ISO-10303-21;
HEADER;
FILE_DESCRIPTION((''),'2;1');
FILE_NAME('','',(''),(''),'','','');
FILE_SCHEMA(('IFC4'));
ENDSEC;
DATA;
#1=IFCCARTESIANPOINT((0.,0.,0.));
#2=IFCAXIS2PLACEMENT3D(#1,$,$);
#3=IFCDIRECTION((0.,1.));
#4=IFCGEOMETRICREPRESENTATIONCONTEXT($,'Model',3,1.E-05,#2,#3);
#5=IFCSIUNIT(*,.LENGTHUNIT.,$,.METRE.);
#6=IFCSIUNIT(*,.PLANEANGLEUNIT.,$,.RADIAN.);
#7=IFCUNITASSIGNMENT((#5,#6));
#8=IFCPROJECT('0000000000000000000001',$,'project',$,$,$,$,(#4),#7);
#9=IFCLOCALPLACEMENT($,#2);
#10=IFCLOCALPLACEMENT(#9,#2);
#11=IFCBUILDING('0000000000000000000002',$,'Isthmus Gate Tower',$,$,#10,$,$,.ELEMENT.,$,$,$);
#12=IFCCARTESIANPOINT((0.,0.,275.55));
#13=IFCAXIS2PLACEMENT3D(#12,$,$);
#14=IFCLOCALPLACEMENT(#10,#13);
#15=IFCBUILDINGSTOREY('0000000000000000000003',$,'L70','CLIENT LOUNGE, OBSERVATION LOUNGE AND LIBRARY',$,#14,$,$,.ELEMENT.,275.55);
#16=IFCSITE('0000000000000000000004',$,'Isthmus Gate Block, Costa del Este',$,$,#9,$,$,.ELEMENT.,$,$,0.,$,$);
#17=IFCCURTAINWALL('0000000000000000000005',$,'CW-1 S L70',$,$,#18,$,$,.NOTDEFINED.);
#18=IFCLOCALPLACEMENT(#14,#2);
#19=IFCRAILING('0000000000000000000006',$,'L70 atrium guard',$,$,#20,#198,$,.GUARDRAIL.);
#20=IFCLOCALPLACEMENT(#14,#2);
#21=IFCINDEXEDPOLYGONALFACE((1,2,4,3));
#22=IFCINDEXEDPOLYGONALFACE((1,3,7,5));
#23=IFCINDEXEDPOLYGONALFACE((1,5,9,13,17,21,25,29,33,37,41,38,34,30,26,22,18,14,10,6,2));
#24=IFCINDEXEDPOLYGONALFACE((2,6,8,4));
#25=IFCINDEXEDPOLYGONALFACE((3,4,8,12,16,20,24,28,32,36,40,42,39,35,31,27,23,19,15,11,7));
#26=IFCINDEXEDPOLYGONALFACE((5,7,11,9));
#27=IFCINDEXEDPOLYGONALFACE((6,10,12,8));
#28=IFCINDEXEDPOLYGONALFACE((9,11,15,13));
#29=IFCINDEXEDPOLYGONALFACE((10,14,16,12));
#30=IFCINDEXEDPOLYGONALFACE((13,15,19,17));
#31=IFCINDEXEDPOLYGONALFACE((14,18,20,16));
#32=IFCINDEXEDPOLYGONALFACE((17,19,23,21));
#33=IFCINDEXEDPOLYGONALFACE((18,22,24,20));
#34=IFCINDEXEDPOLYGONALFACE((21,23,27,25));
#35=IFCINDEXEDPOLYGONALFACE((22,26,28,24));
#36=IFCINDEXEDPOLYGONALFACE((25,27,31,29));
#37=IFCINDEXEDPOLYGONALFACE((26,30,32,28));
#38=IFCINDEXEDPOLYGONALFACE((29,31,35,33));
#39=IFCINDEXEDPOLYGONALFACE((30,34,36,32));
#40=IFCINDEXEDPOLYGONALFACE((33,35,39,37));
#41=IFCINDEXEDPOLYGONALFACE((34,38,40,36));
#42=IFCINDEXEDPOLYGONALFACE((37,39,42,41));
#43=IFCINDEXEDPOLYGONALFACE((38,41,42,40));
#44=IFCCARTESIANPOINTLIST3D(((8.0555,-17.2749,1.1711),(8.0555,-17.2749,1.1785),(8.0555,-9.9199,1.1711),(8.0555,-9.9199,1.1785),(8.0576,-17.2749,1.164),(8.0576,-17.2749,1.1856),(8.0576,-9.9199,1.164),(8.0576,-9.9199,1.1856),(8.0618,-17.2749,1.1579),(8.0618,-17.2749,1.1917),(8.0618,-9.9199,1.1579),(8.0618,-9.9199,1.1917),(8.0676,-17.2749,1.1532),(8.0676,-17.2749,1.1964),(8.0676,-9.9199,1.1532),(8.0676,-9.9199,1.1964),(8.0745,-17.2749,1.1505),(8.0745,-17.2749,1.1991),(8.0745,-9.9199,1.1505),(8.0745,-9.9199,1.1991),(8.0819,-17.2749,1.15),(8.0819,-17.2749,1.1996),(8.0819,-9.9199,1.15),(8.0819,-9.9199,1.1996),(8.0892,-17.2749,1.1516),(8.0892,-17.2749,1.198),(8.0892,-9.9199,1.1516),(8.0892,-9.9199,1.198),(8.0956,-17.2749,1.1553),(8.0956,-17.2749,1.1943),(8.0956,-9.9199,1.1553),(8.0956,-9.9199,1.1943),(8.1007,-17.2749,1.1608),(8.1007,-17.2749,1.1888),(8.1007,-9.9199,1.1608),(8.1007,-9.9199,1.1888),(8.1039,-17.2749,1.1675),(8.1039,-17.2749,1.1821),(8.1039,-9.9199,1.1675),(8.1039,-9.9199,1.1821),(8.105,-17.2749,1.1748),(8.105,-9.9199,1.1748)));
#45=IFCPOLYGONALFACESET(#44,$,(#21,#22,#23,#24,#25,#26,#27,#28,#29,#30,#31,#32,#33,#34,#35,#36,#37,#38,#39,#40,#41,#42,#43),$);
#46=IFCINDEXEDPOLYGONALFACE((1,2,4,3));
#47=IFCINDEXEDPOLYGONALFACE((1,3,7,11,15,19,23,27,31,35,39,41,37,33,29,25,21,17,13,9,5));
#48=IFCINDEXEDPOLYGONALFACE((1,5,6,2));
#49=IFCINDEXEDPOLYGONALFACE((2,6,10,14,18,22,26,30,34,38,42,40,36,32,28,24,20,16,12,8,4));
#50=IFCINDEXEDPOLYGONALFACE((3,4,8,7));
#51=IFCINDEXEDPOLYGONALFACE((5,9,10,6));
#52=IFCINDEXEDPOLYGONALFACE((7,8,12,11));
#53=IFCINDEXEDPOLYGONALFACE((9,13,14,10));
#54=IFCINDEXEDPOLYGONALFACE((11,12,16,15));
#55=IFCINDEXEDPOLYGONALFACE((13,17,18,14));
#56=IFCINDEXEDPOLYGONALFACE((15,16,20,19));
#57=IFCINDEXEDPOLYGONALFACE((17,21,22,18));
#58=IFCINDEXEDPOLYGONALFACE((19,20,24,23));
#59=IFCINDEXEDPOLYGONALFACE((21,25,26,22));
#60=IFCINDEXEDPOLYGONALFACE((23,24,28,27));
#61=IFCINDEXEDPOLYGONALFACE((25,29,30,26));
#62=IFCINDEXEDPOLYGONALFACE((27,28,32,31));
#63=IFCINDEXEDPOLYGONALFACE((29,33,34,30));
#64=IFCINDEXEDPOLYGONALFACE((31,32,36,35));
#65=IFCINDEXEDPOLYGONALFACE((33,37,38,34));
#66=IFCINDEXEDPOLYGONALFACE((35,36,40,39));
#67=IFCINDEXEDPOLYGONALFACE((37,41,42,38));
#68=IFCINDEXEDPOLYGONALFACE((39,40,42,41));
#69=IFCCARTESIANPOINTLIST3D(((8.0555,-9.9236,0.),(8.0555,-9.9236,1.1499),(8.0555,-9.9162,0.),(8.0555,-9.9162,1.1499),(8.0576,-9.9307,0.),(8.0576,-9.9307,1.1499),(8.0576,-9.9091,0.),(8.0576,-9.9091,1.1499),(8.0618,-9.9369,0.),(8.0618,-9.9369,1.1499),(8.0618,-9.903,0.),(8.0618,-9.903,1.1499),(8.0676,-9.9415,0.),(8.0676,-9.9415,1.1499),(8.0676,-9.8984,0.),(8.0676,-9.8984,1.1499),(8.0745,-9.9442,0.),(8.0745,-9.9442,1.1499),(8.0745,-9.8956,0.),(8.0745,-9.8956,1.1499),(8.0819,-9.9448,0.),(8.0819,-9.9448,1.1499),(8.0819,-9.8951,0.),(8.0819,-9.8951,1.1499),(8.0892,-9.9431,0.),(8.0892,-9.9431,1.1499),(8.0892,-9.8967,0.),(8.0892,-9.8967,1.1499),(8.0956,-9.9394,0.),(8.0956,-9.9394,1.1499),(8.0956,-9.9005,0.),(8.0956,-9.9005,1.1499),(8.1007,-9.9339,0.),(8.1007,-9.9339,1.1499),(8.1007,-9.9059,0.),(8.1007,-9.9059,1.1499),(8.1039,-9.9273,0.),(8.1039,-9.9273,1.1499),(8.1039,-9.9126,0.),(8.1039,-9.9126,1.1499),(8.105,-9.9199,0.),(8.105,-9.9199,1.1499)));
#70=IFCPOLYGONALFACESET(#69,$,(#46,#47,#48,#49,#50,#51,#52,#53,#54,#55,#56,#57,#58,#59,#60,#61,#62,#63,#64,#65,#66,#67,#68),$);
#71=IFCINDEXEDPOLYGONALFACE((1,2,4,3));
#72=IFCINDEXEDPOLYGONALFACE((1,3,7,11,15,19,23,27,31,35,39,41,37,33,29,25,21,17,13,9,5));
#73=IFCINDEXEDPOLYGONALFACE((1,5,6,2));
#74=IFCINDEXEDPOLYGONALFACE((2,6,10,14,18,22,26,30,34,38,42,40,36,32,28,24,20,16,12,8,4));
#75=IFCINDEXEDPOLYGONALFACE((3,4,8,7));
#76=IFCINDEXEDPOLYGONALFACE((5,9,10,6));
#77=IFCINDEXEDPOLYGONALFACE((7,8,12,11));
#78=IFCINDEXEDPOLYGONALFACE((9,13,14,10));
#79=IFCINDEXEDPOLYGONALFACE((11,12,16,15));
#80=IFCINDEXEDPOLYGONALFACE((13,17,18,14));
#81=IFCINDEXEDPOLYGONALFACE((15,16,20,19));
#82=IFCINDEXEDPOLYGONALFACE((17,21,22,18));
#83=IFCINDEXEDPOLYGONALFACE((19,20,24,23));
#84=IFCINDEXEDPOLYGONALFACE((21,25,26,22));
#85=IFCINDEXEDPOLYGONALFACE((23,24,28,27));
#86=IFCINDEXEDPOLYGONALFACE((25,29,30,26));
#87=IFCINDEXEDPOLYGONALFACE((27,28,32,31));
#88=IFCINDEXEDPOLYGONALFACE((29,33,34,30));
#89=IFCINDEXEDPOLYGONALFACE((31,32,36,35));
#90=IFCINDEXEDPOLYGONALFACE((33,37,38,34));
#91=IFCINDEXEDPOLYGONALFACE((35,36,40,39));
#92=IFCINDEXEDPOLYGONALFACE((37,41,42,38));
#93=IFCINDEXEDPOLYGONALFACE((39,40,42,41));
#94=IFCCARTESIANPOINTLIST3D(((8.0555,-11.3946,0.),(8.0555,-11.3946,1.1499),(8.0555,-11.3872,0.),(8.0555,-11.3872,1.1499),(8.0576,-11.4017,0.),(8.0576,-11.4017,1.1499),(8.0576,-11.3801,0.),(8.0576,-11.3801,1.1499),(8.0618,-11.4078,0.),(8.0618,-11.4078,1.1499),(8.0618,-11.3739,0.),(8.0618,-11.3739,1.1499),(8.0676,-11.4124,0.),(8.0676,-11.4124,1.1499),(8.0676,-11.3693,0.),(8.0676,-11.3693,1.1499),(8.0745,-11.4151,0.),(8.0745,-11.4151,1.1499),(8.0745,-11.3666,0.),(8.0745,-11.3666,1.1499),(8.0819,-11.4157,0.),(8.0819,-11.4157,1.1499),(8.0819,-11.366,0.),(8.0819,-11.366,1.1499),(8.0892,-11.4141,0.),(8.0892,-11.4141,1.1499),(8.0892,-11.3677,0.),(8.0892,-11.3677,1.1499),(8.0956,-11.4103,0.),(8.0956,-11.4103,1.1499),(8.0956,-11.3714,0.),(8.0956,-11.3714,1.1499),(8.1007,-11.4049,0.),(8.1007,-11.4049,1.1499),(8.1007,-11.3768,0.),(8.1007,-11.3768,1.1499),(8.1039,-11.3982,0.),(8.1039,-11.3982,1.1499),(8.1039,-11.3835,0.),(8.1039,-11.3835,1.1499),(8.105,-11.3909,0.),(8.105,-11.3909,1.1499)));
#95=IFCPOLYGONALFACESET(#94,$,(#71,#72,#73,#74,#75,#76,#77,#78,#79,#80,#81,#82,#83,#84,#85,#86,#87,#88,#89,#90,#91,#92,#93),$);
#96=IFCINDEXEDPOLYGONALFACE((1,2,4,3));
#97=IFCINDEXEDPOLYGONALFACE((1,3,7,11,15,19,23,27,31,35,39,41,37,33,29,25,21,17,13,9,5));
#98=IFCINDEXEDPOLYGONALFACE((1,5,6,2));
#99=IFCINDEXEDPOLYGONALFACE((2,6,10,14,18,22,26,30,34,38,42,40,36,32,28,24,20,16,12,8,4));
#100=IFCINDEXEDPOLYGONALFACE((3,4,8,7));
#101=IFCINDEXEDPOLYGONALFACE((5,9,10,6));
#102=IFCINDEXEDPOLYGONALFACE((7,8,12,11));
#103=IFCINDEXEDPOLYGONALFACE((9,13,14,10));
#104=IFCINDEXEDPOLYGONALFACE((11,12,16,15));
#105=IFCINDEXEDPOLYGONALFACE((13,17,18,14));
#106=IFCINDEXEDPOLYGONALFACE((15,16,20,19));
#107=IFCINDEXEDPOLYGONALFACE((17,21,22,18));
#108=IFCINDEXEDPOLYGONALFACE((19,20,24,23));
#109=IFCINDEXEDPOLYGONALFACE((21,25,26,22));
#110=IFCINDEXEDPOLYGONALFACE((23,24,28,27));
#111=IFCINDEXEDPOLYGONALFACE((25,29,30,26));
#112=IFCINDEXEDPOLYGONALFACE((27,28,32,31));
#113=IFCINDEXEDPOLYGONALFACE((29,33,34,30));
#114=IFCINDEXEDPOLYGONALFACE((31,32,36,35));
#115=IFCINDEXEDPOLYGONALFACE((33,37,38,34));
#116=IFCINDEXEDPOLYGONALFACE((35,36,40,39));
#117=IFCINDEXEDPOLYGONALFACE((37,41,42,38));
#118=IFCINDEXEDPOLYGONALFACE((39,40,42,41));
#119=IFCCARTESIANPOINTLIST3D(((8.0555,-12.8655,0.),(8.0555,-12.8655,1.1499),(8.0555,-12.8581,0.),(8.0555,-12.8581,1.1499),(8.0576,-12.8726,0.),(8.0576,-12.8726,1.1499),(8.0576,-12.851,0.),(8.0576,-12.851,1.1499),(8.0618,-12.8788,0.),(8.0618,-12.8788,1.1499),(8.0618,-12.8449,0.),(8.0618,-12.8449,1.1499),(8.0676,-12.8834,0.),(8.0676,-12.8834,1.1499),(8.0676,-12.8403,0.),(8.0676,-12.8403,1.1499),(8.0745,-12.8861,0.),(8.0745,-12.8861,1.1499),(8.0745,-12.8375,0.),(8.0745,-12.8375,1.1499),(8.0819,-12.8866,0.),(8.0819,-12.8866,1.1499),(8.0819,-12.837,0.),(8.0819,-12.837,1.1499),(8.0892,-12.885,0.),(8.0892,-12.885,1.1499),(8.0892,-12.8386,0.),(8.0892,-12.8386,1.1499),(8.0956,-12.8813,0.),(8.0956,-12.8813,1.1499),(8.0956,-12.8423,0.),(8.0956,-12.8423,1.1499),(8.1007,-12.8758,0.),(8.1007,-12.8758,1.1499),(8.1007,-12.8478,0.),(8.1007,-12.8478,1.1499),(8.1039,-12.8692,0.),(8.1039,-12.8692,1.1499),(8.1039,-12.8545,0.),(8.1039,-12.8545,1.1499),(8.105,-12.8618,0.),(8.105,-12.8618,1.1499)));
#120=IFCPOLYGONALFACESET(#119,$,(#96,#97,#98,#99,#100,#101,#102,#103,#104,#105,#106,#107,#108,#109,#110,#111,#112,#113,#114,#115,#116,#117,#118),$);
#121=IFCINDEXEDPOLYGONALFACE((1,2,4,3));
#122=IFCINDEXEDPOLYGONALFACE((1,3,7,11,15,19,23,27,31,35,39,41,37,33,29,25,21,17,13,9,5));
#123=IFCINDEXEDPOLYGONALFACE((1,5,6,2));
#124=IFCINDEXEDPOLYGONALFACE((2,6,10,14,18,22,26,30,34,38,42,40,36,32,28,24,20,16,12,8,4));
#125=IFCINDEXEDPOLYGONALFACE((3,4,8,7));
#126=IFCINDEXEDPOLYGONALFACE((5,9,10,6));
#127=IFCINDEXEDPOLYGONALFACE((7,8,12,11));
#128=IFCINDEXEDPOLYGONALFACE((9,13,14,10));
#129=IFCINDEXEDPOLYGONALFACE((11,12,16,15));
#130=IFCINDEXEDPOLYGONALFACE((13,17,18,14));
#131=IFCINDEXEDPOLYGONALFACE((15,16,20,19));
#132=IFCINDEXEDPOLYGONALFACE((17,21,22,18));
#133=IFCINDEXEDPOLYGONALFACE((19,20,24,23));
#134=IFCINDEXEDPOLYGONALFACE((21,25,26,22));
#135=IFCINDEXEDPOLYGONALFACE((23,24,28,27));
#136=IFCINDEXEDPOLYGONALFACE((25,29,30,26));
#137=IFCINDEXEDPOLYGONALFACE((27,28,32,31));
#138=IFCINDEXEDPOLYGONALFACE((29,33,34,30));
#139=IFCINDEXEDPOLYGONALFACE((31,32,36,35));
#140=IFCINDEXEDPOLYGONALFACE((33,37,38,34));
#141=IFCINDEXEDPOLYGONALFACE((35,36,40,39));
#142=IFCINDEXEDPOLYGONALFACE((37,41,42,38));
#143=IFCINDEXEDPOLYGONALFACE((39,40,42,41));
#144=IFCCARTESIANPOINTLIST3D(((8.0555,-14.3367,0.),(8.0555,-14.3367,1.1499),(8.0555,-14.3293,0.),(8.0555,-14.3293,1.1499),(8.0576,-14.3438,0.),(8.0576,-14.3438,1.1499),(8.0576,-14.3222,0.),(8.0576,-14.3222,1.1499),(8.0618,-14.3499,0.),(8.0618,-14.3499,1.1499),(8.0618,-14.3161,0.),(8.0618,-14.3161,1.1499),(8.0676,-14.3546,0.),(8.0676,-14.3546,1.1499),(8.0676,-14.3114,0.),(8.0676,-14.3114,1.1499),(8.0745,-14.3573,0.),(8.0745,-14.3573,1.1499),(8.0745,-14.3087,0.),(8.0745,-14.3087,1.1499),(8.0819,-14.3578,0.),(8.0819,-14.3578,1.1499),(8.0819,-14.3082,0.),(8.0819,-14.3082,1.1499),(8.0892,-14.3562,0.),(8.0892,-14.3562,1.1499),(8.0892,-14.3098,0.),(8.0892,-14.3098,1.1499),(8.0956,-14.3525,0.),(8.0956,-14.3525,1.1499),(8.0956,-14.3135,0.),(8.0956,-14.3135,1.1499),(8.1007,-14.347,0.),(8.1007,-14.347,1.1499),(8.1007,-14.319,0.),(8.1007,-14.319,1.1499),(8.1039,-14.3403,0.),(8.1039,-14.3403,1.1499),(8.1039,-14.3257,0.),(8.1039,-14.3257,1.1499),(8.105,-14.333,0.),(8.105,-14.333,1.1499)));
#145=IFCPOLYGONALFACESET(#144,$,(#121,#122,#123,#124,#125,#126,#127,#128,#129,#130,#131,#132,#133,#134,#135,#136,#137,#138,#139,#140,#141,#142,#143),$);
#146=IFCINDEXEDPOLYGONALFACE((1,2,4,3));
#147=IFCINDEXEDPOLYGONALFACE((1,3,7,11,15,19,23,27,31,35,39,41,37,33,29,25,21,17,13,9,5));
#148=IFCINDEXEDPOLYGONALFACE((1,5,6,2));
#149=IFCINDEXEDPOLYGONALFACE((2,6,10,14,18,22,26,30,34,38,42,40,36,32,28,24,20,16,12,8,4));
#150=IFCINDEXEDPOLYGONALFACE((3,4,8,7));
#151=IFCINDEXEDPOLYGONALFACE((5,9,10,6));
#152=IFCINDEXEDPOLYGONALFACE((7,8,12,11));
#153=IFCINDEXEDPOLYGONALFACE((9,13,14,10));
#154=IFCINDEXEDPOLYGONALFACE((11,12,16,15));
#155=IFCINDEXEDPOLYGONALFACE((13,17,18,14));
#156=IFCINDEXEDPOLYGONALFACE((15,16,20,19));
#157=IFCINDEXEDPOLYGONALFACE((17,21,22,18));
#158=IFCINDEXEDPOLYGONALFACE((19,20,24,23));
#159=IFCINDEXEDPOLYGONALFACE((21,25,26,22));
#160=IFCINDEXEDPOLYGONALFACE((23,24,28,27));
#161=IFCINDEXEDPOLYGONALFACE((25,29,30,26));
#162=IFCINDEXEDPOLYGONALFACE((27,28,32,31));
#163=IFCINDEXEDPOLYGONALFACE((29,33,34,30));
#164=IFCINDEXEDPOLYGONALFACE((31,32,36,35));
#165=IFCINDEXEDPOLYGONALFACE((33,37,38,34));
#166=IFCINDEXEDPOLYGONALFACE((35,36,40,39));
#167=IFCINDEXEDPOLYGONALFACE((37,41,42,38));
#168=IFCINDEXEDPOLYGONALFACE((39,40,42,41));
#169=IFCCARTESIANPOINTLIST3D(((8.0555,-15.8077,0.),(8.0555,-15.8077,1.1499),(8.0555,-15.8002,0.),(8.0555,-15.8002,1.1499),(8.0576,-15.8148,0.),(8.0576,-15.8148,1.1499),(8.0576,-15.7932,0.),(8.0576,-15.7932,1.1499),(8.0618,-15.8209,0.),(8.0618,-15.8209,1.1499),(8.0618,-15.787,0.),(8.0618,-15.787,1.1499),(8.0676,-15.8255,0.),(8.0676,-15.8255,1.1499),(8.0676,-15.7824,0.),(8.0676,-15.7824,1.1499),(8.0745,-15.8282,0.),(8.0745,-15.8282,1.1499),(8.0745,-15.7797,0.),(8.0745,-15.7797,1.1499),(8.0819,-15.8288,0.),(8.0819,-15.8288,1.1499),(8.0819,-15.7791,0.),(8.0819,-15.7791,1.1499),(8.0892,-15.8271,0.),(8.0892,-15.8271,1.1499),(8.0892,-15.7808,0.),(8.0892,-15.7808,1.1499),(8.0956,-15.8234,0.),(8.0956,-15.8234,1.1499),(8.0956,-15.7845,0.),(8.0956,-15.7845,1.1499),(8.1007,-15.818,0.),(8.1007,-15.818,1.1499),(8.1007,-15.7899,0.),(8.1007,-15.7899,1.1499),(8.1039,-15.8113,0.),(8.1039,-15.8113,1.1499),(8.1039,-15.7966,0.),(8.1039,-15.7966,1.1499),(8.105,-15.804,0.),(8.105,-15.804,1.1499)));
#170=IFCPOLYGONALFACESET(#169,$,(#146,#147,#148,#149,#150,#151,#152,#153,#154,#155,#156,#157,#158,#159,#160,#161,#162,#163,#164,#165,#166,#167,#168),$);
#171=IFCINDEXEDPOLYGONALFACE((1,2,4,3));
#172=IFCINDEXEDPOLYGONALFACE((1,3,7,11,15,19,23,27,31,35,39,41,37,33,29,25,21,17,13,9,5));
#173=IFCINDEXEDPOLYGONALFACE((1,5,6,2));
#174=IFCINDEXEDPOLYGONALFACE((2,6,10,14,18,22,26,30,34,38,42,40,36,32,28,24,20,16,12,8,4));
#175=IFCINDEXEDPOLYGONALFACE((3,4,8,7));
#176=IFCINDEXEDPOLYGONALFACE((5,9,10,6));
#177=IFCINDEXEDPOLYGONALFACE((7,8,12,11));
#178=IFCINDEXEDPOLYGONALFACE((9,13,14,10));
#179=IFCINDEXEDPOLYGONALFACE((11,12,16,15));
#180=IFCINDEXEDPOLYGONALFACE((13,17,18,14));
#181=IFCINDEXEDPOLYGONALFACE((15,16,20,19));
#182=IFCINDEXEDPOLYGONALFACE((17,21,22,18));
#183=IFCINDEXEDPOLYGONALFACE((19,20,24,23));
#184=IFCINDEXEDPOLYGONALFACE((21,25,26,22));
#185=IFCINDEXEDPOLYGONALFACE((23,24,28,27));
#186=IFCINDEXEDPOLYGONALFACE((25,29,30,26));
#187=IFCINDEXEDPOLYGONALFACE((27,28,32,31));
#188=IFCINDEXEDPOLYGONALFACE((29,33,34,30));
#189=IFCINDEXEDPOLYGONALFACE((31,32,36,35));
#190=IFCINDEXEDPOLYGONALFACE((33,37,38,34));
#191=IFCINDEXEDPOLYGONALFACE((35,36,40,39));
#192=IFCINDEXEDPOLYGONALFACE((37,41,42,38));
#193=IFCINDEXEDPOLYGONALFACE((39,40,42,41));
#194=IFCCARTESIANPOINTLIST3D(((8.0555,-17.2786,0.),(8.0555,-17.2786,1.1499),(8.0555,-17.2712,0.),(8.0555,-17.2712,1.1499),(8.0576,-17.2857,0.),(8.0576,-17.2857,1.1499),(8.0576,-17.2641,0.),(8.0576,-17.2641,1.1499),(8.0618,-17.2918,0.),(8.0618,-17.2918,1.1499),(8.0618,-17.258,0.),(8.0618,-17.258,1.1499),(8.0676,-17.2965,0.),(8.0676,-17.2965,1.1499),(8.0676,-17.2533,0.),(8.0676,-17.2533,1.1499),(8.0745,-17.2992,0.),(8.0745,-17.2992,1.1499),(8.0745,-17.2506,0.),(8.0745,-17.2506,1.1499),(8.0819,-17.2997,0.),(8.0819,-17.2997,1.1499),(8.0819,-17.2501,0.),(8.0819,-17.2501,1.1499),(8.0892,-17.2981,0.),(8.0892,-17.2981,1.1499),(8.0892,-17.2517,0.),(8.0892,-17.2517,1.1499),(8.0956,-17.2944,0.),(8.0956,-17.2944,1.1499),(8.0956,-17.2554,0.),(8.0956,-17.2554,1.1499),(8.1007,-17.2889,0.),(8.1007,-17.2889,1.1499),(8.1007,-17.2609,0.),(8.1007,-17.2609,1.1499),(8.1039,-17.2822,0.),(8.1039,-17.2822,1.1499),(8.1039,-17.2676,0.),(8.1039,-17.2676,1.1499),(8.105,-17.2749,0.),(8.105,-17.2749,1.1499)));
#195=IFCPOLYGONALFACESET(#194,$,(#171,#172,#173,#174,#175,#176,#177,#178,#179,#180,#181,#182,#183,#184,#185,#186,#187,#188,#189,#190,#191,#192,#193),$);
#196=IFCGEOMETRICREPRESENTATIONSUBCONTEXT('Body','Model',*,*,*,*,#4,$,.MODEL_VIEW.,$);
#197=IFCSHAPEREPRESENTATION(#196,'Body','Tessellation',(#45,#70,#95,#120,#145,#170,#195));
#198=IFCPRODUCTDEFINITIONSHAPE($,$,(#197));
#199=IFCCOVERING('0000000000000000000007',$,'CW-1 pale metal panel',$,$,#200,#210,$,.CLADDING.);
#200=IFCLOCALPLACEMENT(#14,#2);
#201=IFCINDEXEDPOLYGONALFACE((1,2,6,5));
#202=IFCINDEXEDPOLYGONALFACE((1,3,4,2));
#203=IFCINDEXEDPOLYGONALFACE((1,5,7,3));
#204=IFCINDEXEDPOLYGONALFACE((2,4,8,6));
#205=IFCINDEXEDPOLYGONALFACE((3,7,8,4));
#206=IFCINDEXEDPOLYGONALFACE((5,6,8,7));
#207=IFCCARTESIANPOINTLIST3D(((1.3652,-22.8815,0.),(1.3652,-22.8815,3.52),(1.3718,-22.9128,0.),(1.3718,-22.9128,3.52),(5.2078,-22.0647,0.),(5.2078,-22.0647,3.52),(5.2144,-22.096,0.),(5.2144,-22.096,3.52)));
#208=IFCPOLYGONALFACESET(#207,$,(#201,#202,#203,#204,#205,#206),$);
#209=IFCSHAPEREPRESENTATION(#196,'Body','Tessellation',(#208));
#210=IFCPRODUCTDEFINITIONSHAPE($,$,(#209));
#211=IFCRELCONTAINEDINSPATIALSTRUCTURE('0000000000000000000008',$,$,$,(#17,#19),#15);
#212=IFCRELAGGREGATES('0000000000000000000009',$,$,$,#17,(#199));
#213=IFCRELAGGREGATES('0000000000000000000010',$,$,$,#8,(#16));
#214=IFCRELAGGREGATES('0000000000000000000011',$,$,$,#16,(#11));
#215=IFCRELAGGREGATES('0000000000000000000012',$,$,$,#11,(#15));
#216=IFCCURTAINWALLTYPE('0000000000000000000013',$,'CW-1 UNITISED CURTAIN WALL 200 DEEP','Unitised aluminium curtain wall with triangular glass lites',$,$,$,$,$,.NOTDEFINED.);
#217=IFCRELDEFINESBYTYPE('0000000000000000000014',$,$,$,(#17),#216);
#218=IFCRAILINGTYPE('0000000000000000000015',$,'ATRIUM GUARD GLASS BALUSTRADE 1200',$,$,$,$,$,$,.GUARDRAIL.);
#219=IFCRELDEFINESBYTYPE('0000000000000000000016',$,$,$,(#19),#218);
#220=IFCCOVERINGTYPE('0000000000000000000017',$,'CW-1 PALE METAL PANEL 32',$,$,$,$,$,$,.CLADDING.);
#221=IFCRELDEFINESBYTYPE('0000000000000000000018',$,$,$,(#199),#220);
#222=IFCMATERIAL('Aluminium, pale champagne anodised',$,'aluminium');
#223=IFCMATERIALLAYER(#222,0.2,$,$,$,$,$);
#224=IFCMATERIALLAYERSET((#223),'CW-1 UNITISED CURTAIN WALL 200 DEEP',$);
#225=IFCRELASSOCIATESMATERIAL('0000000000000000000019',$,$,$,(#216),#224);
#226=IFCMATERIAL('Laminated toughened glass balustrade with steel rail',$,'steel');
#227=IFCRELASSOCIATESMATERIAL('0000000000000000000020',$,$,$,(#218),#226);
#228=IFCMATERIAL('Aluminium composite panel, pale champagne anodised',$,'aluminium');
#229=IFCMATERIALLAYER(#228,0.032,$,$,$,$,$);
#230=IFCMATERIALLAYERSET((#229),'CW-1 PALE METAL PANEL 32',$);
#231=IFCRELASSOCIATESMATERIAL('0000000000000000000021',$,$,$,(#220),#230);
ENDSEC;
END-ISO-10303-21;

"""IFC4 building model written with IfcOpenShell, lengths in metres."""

from ifc_helpers import new_model, si_unit, direction, frame, origin, origin_2d, place, context, subcontext, project, spatial, rectangle, circle, extrude, material, layer, layer_set, type_object, element, aggregate, save


model = new_model("IFC4")

# Units and contexts
model_context = context("Model", 3, precision=1e-05, world=origin(), true_north=direction((0.0, 1.0)))
body_context = subcontext(model_context, "Body", "Model", "MODEL_VIEW")
ifc_project = project(units=[si_unit("LENGTHUNIT", "METRE"), si_unit("PLANEANGLEUNIT", "RADIAN")], contexts=[model_context])

# Site, building, storey
site_placement = place(None, origin())
site = spatial("IfcSite", under=ifc_project, at=site_placement, Name="Isthmus Gate Block, Costa del Este", CompositionType="ELEMENT", RefElevation=0.0)
building_placement = place(site_placement, origin())
building = spatial("IfcBuilding", under=site, at=building_placement, Name="Isthmus Gate Tower", CompositionType="ELEMENT")
storey_placement = place(building_placement, frame((0.0, 0.0, 275.55)))
storey = spatial("IfcBuildingStorey", under=building, at=storey_placement, Name="L70", Description="CLIENT LOUNGE, OBSERVATION LOUNGE AND LIBRARY", CompositionType="ELEMENT", Elevation=275.55)

# Curtain wall
ifc_material_1 = material(Name="Aluminium, pale champagne anodised", Category="aluminium")
ifc_layer_1 = layer(ifc_material_1, 0.2)
ifc_layer_set_1 = layer_set([ifc_layer_1], Name="CW-1 UNITISED CURTAIN WALL 200 DEEP")
curtain_wall_type = type_object("IfcCurtainWallType", Name="CW-1 UNITISED CURTAIN WALL 200 DEEP", Description="Unitised aluminium curtain wall with triangular glass lites", PredefinedType="NOTDEFINED", material=ifc_layer_set_1)
curtain_wall_placement = place(storey_placement, origin())
curtain_wall = element("IfcCurtainWall", 1, at=curtain_wall_placement, inside=storey, type_object=curtain_wall_type, Name="CW-1 S L70", PredefinedType="NOTDEFINED")

# Railing
ifc_material_2 = material(Name="Laminated toughened glass balustrade with steel rail", Category="steel")
railing_type = type_object("IfcRailingType", Name="ATRIUM GUARD GLASS BALUSTRADE 1200", PredefinedType="GUARDRAIL", material=ifc_material_2)
railing_1_placement = place(storey_placement, frame((8.0801, -9.9199, 0.0)))
element("IfcRailing", 2, at=railing_1_placement, inside=storey, type_object=railing_type, Name="L70 atrium guard", PredefinedType="GUARDRAIL", context=body_context, shape_type="SweptSolid", body=[
    extrude(circle(Radius=0.0249, at=origin_2d()), frame((0.0, 0.0, 1.1748), z_axis=(0.0, -1.0, 0.0), x_axis=(1.0, 0.0, 0.0)), (0.0, 0.0, 1.0), 7.355),
    extrude(circle(Radius=0.0249, at=origin_2d()), origin(), (0.0, 0.0, 1.0), 1.1499),
    extrude(circle(Radius=0.0249, at=origin_2d()), frame((0.0, -1.4709, 0.0)), (0.0, 0.0, 1.0), 1.1499),
    extrude(circle(Radius=0.0249, at=origin_2d()), frame((0.0, -2.9419, 0.0)), (0.0, 0.0, 1.0), 1.1499),
    extrude(circle(Radius=0.0249, at=origin_2d()), frame((0.0, -4.4131, 0.0)), (0.0, 0.0, 1.0), 1.1499),
    extrude(circle(Radius=0.0249, at=origin_2d()), frame((0.0, -5.884, 0.0)), (0.0, 0.0, 1.0), 1.1499),
    extrude(circle(Radius=0.0249, at=origin_2d()), frame((0.0, -7.355, 0.0)), (0.0, 0.0, 1.0), 1.1499),
])

# Covering
ifc_material_3 = material(Name="Aluminium composite panel, pale champagne anodised", Category="aluminium")
ifc_layer_2 = layer(ifc_material_3, 0.032)
ifc_layer_set_2 = layer_set([ifc_layer_2], Name="CW-1 PALE METAL PANEL 32")
covering_type = type_object("IfcCoveringType", Name="CW-1 PALE METAL PANEL 32", PredefinedType="CLADDING", material=ifc_layer_set_2)
covering_1_placement = place(storey_placement, frame((3.2898, -22.4888, 0.0), z_axis=(0.0, 0.0, 1.0), x_axis=(0.978148, 0.207912, 0.0)))
covering_1 = element("IfcCovering", 3, at=covering_1_placement, type_object=covering_type, Name="CW-1 pale metal panel", PredefinedType="CLADDING", context=body_context, shape_type="SweptSolid", body=[
    extrude(rectangle(XDim=3.9285, YDim=0.032, at=origin_2d()), origin(), (0.0, 0.0, 1.0), 3.52),
])
aggregate(curtain_wall, [covering_1])

save(model, "model.ifc")
